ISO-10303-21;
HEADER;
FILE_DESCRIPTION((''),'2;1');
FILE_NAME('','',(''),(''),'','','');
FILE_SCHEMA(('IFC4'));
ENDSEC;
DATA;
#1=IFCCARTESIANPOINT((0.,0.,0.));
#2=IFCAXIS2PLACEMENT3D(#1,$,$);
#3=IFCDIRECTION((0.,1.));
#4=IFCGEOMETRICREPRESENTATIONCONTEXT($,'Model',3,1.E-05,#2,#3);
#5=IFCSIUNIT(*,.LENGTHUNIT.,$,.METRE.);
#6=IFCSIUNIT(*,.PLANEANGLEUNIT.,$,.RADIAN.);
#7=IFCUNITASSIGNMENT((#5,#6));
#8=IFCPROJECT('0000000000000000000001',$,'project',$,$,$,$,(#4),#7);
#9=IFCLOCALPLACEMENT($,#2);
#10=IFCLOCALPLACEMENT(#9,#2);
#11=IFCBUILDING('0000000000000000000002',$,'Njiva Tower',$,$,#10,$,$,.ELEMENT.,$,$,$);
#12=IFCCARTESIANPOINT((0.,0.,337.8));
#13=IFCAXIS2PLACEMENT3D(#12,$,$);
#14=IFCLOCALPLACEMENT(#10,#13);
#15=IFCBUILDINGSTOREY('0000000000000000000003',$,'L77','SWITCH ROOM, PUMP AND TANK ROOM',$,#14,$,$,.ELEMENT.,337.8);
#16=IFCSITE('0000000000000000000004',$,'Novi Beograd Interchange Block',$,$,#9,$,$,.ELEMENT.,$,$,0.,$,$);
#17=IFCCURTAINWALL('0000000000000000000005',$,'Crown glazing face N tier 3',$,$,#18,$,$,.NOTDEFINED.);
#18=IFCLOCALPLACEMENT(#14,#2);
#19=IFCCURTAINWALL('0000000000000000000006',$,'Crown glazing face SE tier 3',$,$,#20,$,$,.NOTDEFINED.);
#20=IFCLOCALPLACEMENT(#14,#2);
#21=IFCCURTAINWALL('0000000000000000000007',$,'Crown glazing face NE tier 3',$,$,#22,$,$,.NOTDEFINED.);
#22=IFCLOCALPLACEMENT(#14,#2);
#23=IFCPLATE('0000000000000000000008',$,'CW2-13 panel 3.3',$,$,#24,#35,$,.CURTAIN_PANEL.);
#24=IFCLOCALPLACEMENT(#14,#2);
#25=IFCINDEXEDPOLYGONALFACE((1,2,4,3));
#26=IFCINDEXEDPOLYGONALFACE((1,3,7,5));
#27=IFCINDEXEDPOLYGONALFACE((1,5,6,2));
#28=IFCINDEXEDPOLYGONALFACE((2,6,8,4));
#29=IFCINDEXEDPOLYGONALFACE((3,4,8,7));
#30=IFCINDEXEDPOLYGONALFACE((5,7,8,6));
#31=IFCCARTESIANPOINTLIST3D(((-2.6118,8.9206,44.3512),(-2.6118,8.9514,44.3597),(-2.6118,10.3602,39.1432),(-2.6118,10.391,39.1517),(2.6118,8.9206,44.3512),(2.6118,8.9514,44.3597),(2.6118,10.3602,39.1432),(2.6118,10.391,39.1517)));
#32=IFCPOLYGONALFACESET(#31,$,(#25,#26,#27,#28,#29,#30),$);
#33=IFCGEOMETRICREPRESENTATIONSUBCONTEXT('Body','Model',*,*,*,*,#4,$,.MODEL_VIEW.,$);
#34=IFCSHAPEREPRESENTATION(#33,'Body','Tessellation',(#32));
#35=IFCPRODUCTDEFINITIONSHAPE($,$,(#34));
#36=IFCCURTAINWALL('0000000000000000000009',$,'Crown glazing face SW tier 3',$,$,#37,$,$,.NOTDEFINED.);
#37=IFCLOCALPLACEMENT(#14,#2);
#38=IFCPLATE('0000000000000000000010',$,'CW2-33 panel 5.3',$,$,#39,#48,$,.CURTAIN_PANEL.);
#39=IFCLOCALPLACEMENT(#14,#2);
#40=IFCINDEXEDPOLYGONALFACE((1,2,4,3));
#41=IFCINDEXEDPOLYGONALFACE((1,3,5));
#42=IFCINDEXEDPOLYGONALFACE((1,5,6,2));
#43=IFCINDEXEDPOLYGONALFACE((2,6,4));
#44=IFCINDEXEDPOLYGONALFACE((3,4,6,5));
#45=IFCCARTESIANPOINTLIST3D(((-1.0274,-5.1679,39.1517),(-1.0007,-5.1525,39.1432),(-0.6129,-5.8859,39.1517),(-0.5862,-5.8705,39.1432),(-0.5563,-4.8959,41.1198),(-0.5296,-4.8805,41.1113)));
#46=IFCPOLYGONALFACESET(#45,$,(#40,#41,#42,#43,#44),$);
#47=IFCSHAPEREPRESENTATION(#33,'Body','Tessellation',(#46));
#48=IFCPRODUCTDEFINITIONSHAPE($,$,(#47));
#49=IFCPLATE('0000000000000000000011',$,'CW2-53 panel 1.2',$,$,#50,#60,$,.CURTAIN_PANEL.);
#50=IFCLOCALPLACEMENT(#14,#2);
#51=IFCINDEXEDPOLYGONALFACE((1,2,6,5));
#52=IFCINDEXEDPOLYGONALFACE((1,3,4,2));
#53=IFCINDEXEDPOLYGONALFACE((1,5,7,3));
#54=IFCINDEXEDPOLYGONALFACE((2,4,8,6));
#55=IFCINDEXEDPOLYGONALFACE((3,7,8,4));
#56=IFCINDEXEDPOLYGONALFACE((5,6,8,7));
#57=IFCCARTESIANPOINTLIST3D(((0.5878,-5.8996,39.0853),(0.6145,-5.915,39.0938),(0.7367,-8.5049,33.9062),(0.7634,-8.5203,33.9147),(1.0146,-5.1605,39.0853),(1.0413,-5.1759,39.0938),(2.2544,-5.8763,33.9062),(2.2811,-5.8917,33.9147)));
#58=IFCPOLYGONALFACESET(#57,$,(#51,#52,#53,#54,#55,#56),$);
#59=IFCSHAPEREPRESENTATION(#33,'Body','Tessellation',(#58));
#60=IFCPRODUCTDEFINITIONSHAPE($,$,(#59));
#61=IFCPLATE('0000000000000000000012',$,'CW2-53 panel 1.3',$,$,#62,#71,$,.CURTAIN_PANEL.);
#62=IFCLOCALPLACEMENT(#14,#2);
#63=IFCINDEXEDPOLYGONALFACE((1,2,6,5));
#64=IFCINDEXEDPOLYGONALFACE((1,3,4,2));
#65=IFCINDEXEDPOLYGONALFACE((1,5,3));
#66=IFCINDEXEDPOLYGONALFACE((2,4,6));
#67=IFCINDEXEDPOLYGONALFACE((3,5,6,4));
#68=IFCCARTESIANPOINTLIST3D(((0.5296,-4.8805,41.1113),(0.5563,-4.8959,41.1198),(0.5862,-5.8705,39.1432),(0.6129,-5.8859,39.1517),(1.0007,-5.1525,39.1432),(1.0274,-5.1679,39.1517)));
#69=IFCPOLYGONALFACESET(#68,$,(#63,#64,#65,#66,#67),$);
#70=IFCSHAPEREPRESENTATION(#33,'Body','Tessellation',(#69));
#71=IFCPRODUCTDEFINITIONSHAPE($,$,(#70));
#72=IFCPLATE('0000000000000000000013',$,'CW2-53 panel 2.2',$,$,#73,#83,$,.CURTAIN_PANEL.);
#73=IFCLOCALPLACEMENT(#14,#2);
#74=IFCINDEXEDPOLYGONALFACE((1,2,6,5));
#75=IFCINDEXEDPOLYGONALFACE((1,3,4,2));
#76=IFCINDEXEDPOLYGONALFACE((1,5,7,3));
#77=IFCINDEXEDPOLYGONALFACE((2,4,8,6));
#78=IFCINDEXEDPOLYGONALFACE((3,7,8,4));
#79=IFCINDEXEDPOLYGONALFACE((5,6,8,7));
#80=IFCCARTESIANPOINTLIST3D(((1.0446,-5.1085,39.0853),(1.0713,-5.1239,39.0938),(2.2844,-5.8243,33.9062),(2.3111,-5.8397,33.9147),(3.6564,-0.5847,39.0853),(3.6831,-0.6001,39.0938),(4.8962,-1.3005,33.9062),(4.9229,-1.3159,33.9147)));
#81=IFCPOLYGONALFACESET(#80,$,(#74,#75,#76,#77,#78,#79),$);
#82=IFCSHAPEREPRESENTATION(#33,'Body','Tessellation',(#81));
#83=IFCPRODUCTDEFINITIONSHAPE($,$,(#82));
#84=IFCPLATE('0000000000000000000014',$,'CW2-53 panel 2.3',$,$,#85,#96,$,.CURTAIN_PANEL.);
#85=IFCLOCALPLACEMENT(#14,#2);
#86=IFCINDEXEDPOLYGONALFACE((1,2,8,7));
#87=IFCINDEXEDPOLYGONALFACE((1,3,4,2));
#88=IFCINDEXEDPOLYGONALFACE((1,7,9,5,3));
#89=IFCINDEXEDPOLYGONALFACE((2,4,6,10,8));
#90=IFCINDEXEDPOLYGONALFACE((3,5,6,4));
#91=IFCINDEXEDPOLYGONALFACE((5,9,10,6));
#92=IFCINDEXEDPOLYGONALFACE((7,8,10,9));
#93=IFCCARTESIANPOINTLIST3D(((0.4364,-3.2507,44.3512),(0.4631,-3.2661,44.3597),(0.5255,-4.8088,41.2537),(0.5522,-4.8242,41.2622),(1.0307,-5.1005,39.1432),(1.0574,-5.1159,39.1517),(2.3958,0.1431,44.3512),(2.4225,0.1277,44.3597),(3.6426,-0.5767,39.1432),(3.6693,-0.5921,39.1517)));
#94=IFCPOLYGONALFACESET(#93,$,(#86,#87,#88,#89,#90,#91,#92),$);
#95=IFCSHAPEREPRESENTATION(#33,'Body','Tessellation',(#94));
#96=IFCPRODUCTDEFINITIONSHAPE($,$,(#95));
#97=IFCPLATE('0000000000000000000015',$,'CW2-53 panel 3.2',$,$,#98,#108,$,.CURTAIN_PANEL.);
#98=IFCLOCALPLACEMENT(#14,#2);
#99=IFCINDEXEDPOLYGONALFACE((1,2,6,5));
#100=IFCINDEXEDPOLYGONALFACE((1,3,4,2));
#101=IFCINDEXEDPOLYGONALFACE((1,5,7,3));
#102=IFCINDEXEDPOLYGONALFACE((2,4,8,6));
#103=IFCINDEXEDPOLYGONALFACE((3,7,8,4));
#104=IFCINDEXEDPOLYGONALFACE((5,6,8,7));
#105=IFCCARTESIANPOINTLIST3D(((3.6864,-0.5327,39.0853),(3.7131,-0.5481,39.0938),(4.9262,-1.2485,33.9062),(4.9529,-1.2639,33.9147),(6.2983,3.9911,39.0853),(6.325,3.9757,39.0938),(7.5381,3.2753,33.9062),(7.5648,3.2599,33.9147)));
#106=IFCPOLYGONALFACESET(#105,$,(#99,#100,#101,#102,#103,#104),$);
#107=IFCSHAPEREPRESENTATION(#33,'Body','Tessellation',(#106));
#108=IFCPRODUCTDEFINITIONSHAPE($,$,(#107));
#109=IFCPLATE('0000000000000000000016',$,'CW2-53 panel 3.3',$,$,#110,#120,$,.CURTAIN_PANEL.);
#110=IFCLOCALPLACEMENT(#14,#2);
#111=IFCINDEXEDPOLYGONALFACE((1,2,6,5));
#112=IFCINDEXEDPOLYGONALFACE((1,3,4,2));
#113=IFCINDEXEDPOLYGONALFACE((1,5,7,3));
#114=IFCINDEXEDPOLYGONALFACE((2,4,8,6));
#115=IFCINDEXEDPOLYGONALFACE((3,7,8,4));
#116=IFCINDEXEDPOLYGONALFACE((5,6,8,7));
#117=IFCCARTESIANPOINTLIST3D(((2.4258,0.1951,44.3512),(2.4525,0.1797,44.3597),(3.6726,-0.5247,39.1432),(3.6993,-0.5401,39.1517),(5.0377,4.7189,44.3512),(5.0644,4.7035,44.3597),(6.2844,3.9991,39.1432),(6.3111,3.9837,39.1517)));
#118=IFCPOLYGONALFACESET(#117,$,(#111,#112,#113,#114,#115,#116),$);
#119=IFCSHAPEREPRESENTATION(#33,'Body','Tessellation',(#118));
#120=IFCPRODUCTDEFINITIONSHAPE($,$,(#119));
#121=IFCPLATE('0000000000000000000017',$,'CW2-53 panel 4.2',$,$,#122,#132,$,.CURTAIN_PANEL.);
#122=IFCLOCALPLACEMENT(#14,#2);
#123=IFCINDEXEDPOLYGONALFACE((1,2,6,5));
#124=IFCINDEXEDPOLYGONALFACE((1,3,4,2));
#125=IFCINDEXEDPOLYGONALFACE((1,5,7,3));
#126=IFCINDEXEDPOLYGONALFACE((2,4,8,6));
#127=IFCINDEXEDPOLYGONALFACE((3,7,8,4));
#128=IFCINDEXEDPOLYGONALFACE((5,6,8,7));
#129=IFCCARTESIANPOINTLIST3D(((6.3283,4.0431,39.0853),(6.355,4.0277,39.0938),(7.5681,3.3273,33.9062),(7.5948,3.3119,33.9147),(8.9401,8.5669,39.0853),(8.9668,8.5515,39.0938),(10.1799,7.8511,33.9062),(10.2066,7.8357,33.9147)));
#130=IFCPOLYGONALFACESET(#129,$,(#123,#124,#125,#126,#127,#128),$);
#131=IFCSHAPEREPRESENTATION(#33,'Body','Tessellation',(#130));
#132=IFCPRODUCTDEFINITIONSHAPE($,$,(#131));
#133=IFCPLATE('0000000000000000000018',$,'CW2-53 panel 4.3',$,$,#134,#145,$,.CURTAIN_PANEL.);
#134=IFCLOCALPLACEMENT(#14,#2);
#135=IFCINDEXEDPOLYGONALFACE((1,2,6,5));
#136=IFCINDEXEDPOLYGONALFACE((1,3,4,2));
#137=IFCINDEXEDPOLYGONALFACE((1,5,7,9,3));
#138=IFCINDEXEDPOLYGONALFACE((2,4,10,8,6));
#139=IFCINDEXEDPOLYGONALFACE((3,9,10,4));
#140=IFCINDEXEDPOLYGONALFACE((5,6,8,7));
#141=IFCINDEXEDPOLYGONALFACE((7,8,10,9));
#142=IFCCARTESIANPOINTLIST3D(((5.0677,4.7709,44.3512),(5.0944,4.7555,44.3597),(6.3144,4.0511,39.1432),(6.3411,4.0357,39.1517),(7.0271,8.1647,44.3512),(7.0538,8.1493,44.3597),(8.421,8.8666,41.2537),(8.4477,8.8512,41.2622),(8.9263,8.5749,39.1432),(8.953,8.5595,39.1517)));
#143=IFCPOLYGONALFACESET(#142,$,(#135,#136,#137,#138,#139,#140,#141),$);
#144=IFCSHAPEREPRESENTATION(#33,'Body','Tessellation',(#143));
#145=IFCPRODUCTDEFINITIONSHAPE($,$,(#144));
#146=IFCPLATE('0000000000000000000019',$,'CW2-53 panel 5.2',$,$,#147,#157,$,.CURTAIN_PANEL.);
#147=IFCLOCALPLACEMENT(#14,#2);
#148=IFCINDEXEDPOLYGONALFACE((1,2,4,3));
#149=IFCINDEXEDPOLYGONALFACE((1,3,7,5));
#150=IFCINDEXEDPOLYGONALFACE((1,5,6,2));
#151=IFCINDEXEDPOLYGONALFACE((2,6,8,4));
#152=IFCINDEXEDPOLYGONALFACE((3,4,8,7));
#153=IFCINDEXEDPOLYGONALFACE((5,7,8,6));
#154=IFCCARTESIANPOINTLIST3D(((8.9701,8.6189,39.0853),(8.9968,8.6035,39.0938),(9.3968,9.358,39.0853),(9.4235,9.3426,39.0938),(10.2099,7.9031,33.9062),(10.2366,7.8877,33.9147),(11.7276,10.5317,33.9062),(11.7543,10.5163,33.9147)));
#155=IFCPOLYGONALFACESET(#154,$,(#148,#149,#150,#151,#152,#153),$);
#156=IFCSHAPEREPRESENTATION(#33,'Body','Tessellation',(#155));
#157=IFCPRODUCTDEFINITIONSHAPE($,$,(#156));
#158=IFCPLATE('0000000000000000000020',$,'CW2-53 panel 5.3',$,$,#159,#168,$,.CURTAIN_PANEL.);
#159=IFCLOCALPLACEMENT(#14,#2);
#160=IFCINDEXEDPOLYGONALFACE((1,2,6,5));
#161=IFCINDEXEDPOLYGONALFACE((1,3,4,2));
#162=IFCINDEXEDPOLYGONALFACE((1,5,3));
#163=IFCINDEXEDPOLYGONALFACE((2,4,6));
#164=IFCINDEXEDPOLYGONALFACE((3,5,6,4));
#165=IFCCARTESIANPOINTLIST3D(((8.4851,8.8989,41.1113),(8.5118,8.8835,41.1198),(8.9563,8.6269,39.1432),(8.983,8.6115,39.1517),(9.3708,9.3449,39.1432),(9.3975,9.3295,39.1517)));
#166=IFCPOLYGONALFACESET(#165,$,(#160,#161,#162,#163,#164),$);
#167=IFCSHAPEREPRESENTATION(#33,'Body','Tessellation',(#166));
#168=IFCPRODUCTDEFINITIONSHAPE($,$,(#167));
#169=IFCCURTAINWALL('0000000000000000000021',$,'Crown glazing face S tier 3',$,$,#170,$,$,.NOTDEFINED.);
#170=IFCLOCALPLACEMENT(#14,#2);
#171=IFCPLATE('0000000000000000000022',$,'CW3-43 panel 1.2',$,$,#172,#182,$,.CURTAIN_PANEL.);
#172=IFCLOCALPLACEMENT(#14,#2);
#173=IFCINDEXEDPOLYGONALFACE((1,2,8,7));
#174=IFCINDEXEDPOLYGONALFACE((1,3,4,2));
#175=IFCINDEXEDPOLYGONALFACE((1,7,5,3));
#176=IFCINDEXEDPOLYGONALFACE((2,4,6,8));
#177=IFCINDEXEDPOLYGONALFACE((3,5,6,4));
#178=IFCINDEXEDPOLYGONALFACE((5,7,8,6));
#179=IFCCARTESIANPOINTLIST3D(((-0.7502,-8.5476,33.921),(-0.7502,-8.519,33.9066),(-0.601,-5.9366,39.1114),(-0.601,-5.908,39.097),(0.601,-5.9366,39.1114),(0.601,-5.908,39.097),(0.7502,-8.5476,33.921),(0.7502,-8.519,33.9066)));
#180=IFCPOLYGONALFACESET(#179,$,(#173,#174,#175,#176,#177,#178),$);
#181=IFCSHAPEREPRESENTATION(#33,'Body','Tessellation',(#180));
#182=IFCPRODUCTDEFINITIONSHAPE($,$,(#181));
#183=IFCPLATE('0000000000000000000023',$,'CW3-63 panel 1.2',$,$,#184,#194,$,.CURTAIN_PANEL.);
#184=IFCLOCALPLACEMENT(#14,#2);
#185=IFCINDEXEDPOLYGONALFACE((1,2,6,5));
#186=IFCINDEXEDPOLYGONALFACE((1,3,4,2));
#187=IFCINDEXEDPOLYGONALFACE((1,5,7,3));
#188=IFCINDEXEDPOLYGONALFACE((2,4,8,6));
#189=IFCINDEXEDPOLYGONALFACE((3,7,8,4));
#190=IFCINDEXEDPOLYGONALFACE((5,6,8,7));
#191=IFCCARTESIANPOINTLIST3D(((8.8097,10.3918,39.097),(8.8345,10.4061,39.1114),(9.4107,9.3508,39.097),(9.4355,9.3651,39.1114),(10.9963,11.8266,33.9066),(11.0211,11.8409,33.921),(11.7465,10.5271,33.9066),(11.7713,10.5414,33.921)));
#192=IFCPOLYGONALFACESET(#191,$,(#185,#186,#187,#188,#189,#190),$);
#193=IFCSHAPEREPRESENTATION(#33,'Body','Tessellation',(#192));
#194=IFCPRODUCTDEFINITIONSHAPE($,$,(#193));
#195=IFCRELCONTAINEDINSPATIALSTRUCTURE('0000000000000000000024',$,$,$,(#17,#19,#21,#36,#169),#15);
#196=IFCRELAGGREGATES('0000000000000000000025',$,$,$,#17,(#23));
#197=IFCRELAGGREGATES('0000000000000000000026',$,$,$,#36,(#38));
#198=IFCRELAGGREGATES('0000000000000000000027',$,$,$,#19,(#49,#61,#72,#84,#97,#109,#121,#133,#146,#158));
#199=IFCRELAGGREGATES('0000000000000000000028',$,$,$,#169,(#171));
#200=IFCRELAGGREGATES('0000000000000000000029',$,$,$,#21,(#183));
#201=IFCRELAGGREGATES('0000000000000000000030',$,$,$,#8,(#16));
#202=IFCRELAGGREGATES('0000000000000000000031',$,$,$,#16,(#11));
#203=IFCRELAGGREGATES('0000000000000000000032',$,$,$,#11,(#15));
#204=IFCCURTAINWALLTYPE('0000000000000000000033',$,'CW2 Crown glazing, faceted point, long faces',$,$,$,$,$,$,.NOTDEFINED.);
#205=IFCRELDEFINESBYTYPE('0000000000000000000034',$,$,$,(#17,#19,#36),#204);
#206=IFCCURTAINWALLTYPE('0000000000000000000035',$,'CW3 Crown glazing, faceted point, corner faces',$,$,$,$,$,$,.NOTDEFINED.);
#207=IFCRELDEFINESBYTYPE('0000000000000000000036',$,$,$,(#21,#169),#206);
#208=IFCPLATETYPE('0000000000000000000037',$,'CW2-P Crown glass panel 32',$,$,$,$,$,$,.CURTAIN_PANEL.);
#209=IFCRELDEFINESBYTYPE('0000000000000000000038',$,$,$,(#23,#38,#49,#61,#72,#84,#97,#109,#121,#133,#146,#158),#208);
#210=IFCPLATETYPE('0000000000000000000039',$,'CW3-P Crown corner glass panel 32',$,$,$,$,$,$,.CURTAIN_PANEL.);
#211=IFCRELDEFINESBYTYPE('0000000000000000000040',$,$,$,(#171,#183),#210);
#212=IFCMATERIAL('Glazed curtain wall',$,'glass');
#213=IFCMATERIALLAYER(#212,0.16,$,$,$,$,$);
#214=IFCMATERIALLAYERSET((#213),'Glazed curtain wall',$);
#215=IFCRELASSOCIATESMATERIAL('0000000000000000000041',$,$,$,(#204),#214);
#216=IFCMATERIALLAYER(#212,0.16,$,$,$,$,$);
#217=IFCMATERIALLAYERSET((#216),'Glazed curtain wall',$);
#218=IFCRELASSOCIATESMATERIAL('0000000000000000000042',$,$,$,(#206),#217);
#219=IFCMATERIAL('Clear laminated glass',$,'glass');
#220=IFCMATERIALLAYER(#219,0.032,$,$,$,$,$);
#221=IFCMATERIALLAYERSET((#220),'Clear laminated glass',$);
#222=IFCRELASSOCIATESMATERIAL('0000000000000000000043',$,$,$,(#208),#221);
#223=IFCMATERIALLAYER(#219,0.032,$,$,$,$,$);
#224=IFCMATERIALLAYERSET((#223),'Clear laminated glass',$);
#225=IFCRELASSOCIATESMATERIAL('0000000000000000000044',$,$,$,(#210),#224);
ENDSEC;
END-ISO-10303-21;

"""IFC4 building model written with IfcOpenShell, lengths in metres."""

from ifc_helpers import new_model, si_unit, direction, frame, origin, place, context, subcontext, project, spatial, polyline, outline, extrude, material, layer, layer_set, type_object, element, aggregate, save


model = new_model("IFC4")

# Units and contexts
model_context = context("Model", 3, precision=1e-05, world=origin(), true_north=direction((0.0, 1.0)))
body_context = subcontext(model_context, "Body", "Model", "MODEL_VIEW")
ifc_project = project(units=[si_unit("LENGTHUNIT", "METRE"), si_unit("PLANEANGLEUNIT", "RADIAN")], contexts=[model_context])

# Site, building, storey
site_placement = place(None, origin())
site = spatial("IfcSite", under=ifc_project, at=site_placement, Name="Novi Beograd Interchange Block", CompositionType="ELEMENT", RefElevation=0.0)
building_placement = place(site_placement, origin())
building = spatial("IfcBuilding", under=site, at=building_placement, Name="Njiva Tower", CompositionType="ELEMENT")
storey_placement = place(building_placement, frame((0.0, 0.0, 337.8)))
storey = spatial("IfcBuildingStorey", under=building, at=storey_placement, Name="L77", Description="SWITCH ROOM, PUMP AND TANK ROOM", CompositionType="ELEMENT", Elevation=337.8)

# Curtain walls
ifc_material_1 = material(Name="Glazed curtain wall", Category="glass")
ifc_layer_1 = layer(ifc_material_1, 0.16)
ifc_layer_set_1 = layer_set([ifc_layer_1], Name="Glazed curtain wall")
curtain_wall_type_1 = type_object("IfcCurtainWallType", Name="CW2 Crown glazing, faceted point, long faces", PredefinedType="NOTDEFINED", material=ifc_layer_set_1)
curtain_wall_1_placement = place(storey_placement, origin())
curtain_wall_1 = element("IfcCurtainWall", 1, at=curtain_wall_1_placement, inside=storey, type_object=curtain_wall_type_1, Name="Crown glazing face N tier 3", PredefinedType="NOTDEFINED")
curtain_wall_2_placement = place(storey_placement, origin())
curtain_wall_2 = element("IfcCurtainWall", 2, at=curtain_wall_2_placement, inside=storey, type_object=curtain_wall_type_1, Name="Crown glazing face SE tier 3", PredefinedType="NOTDEFINED")

# Curtain wall
ifc_layer_2 = layer(ifc_material_1, 0.16)
ifc_layer_set_2 = layer_set([ifc_layer_2], Name="Glazed curtain wall")
curtain_wall_type_2 = type_object("IfcCurtainWallType", Name="CW3 Crown glazing, faceted point, corner faces", PredefinedType="NOTDEFINED", material=ifc_layer_set_2)
curtain_wall_3_placement = place(storey_placement, origin())
curtain_wall_3 = element("IfcCurtainWall", 3, at=curtain_wall_3_placement, inside=storey, type_object=curtain_wall_type_2, Name="Crown glazing face NE tier 3", PredefinedType="NOTDEFINED")

# Plate
ifc_material_2 = material(Name="Clear laminated glass", Category="glass")
ifc_layer_3 = layer(ifc_material_2, 0.032)
ifc_layer_set_3 = layer_set([ifc_layer_3], Name="Clear laminated glass")
plate_type_1 = type_object("IfcPlateType", Name="CW2-P Crown glass panel 32", PredefinedType="CURTAIN_PANEL", material=ifc_layer_set_3)
plate_1_placement = place(storey_placement, frame((2.6118, 8.9514, 44.3597), z_axis=(0.0, 0.963854, 0.266429), x_axis=(0.0, 0.266429, -0.963854)))
plate_1 = element("IfcPlate", 4, at=plate_1_placement, type_object=plate_type_1, Name="CW2-13 panel 3.3", PredefinedType="CURTAIN_PANEL", context=body_context, shape_type="SweptSolid", body=[
    extrude(outline(polyline([(0.0, 0.0), (5.4033, 0.0), (5.4033, 5.2236), (0.0, 5.2236), (0.0, 0.0)])), origin(), (0.0, 0.0, -1.0), 0.032),
])
aggregate(curtain_wall_1, [plate_1])

# Curtain wall, plate
curtain_wall_4_placement = place(storey_placement, origin())
curtain_wall_4 = element("IfcCurtainWall", 5, at=curtain_wall_4_placement, inside=storey, type_object=curtain_wall_type_1, Name="Crown glazing face SW tier 3", PredefinedType="NOTDEFINED")
plate_2_placement = place(storey_placement, frame((-0.5563, -4.8959, 41.1198), z_axis=(-0.834746, -0.481897, 0.266412), x_axis=(-0.230717, -0.13321, -0.963859)))
plate_2 = element("IfcPlate", 6, at=plate_2_placement, type_object=plate_type_1, Name="CW2-33 panel 5.3", PredefinedType="CURTAIN_PANEL", context=body_context, shape_type="SweptSolid", body=[
    extrude(outline(polyline([(0.0, 0.0), (2.0419, 0.0), (2.0419, 0.8291), (0.0, 0.0)])), origin(), (0.0, 0.0, -1.0), 0.032),
])
aggregate(curtain_wall_4, [plate_2])

# Plates
plate_3_placement = place(storey_placement, frame((0.7634, -8.5203, 33.9147), z_axis=(0.834704, -0.481956, 0.266434), x_axis=(0.50003, 0.866008, 0.000003)))
plate_3 = element("IfcPlate", 7, at=plate_3_placement, type_object=plate_type_1, Name="CW2-53 panel 1.2", PredefinedType="CURTAIN_PANEL", context=body_context, shape_type="SweptSolid", body=[
    extrude(outline(polyline([(0.0, 0.0), (3.0353, 0.0), (3.0353, 5.3733), (2.1818, 5.3733), (0.0, 0.0)])), origin(), (0.0, 0.0, -1.0), 0.032),
])
plate_4_placement = place(storey_placement, frame((0.6129, -5.8859, 39.1517), z_axis=(0.834746, -0.481897, 0.266412), x_axis=(0.499966, 0.866045, 0.0)))
plate_4 = element("IfcPlate", 8, at=plate_4_placement, type_object=plate_type_1, Name="CW2-53 panel 1.3", PredefinedType="CURTAIN_PANEL", context=body_context, shape_type="SweptSolid", body=[
    extrude(outline(polyline([(0.0, 0.0), (0.8291, 0.0), (0.8291, 2.0419), (0.0, 0.0)])), origin(), (0.0, 0.0, -1.0), 0.032),
])
plate_5_placement = place(storey_placement, frame((4.9229, -1.3159, 33.9147), z_axis=(0.834724, -0.481925, 0.266427), x_axis=(-0.230733, 0.133214, 0.963855)))
plate_5 = element("IfcPlate", 9, at=plate_5_placement, type_object=plate_type_1, Name="CW2-53 panel 2.2", PredefinedType="CURTAIN_PANEL", context=body_context, shape_type="SweptSolid", body=[
    extrude(outline(polyline([(0.0, 0.0), (5.3733, 0.0), (5.3733, 5.2236), (0.0, 5.2236), (0.0, 0.0)])), origin(), (0.0, 0.0, -1.0), 0.032),
])
plate_6_placement = place(storey_placement, frame((0.5522, -4.8242, 41.2622), z_axis=(0.834719, -0.481931, 0.266433), x_axis=(0.230733, -0.133224, -0.963853)))
plate_6 = element("IfcPlate", 10, at=plate_6_placement, type_object=plate_type_1, Name="CW2-53 panel 2.3", PredefinedType="CURTAIN_PANEL", context=body_context, shape_type="SweptSolid", body=[
    extrude(outline(polyline([(0.0, 0.0), (2.1896, 0.0), (2.1896, 5.2237), (-3.2137, 5.2236), (-3.2137, 1.3048), (0.0, 0.0)])), origin(), (0.0, 0.0, -1.0), 0.032),
])
plate_7_placement = place(storey_placement, frame((7.5648, 3.2599, 33.9147), z_axis=(0.834716, -0.481939, 0.266427), x_axis=(-0.230733, 0.133214, 0.963855)))
plate_7 = element("IfcPlate", 11, at=plate_7_placement, type_object=plate_type_1, Name="CW2-53 panel 3.2", PredefinedType="CURTAIN_PANEL", context=body_context, shape_type="SweptSolid", body=[
    extrude(outline(polyline([(0.0, 0.0), (5.3733, 0.0), (5.3733, 5.2237), (0.0, 5.2237), (0.0, 0.0)])), origin(), (0.0, 0.0, -1.0), 0.032),
])
plate_8_placement = place(storey_placement, frame((2.4525, 0.1797, 44.3597), z_axis=(0.834719, -0.481931, 0.266432), x_axis=(0.23074, -0.133211, -0.963854)))
plate_8 = element("IfcPlate", 12, at=plate_8_placement, type_object=plate_type_1, Name="CW2-53 panel 3.3", PredefinedType="CURTAIN_PANEL", context=body_context, shape_type="SweptSolid", body=[
    extrude(outline(polyline([(0.0, 0.0), (5.4033, 0.0), (5.4034, 5.2236), (0.0001, 5.2237), (0.0, 0.0)])), origin(), (0.0, 0.0, -1.0), 0.032),
])
plate_9_placement = place(storey_placement, frame((10.2066, 7.8357, 33.9147), z_axis=(0.834724, -0.481925, 0.266427), x_axis=(-0.230733, 0.133214, 0.963855)))
plate_9 = element("IfcPlate", 13, at=plate_9_placement, type_object=plate_type_1, Name="CW2-53 panel 4.2", PredefinedType="CURTAIN_PANEL", context=body_context, shape_type="SweptSolid", body=[
    extrude(outline(polyline([(0.0, 0.0), (5.3733, 0.0), (5.3733, 5.2236), (0.0, 5.2236), (0.0, 0.0)])), origin(), (0.0, 0.0, -1.0), 0.032),
])
plate_10_placement = place(storey_placement, frame((5.0944, 4.7555, 44.3597), z_axis=(0.834721, -0.481928, 0.266433), x_axis=(0.230736, -0.133219, -0.963854)))
plate_10 = element("IfcPlate", 14, at=plate_10_placement, type_object=plate_type_1, Name="CW2-53 panel 4.3", PredefinedType="CURTAIN_PANEL", context=body_context, shape_type="SweptSolid", body=[
    extrude(outline(polyline([(0.0, 0.0), (5.4033, 0.0), (5.4033, 5.2237), (3.2136, 5.2236), (0.0, 3.9188), (0.0, 0.0)])), origin(), (0.0, 0.0, -1.0), 0.032),
])
plate_11_placement = place(storey_placement, frame((9.4235, 9.3426, 39.0938), z_axis=(0.834716, -0.481938, 0.266432), x_axis=(-0.500009, -0.86602, -0.000008)))
plate_11 = element("IfcPlate", 15, at=plate_11_placement, type_object=plate_type_1, Name="CW2-53 panel 5.2", PredefinedType="CURTAIN_PANEL", context=body_context, shape_type="SweptSolid", body=[
    extrude(outline(polyline([(0.0, 0.0), (0.8534, 0.0), (0.8535, 5.3733), (-2.1818, 5.3734), (0.0, 0.0)])), origin(), (0.0, 0.0, -1.0), 0.032),
])
plate_12_placement = place(storey_placement, frame((8.5118, 8.8835, 41.1198), z_axis=(0.834736, -0.481892, 0.266451), x_axis=(0.230763, -0.133208, -0.963848)))
plate_12 = element("IfcPlate", 16, at=plate_12_placement, type_object=plate_type_1, Name="CW2-53 panel 5.3", PredefinedType="CURTAIN_PANEL", context=body_context, shape_type="SweptSolid", body=[
    extrude(outline(polyline([(0.0, 0.0), (2.0419, 0.0), (2.0419, 0.8291), (0.0, 0.0)])), origin(), (0.0, 0.0, -1.0), 0.032),
])
aggregate(curtain_wall_2, [plate_3, plate_4, plate_5, plate_6, plate_7, plate_8, plate_9, plate_10, plate_11, plate_12])

# Curtain wall, plate
curtain_wall_5_placement = place(storey_placement, origin())
curtain_wall_5 = element("IfcCurtainWall", 17, at=curtain_wall_5_placement, inside=storey, type_object=curtain_wall_type_2, Name="Crown glazing face S tier 3", PredefinedType="NOTDEFINED")
ifc_layer_4 = layer(ifc_material_2, 0.032)
ifc_layer_set_4 = layer_set([ifc_layer_4], Name="Clear laminated glass")
plate_type_2 = type_object("IfcPlateType", Name="CW3-P Crown corner glass panel 32", PredefinedType="CURTAIN_PANEL", material=ifc_layer_set_4)
plate_13_placement = place(storey_placement, frame((0.601, -5.9366, 39.1114), z_axis=(0.0, -0.893337, 0.449388), x_axis=(-1.0, 0.0, 0.0)))
plate_13 = element("IfcPlate", 18, at=plate_13_placement, type_object=plate_type_2, Name="CW3-43 panel 1.2", PredefinedType="CURTAIN_PANEL", context=body_context, shape_type="SweptSolid", body=[
    extrude(outline(polyline([(0.0, 0.0), (1.202, 0.0), (1.3512, 5.8101), (-0.1492, 5.8101), (0.0, 0.0)])), origin(), (0.0, 0.0, -1.0), 0.032),
])
aggregate(curtain_wall_5, [plate_13])

# Plate
plate_14_placement = place(storey_placement, frame((8.8345, 10.4061, 39.1114), z_axis=(0.773663, 0.446645, 0.449392), x_axis=(0.499978, -0.866038, -0.000005)))
plate_14 = element("IfcPlate", 19, at=plate_14_placement, type_object=plate_type_2, Name="CW3-63 panel 1.2", PredefinedType="CURTAIN_PANEL", context=body_context, shape_type="SweptSolid", body=[
    extrude(outline(polyline([(0.0, 0.0), (1.202, 0.0), (1.3512, 5.8101), (-0.1493, 5.8101), (0.0, 0.0)])), origin(), (0.0, 0.0, -1.0), 0.032),
])
aggregate(curtain_wall_3, [plate_14])

save(model, "model.ifc")
